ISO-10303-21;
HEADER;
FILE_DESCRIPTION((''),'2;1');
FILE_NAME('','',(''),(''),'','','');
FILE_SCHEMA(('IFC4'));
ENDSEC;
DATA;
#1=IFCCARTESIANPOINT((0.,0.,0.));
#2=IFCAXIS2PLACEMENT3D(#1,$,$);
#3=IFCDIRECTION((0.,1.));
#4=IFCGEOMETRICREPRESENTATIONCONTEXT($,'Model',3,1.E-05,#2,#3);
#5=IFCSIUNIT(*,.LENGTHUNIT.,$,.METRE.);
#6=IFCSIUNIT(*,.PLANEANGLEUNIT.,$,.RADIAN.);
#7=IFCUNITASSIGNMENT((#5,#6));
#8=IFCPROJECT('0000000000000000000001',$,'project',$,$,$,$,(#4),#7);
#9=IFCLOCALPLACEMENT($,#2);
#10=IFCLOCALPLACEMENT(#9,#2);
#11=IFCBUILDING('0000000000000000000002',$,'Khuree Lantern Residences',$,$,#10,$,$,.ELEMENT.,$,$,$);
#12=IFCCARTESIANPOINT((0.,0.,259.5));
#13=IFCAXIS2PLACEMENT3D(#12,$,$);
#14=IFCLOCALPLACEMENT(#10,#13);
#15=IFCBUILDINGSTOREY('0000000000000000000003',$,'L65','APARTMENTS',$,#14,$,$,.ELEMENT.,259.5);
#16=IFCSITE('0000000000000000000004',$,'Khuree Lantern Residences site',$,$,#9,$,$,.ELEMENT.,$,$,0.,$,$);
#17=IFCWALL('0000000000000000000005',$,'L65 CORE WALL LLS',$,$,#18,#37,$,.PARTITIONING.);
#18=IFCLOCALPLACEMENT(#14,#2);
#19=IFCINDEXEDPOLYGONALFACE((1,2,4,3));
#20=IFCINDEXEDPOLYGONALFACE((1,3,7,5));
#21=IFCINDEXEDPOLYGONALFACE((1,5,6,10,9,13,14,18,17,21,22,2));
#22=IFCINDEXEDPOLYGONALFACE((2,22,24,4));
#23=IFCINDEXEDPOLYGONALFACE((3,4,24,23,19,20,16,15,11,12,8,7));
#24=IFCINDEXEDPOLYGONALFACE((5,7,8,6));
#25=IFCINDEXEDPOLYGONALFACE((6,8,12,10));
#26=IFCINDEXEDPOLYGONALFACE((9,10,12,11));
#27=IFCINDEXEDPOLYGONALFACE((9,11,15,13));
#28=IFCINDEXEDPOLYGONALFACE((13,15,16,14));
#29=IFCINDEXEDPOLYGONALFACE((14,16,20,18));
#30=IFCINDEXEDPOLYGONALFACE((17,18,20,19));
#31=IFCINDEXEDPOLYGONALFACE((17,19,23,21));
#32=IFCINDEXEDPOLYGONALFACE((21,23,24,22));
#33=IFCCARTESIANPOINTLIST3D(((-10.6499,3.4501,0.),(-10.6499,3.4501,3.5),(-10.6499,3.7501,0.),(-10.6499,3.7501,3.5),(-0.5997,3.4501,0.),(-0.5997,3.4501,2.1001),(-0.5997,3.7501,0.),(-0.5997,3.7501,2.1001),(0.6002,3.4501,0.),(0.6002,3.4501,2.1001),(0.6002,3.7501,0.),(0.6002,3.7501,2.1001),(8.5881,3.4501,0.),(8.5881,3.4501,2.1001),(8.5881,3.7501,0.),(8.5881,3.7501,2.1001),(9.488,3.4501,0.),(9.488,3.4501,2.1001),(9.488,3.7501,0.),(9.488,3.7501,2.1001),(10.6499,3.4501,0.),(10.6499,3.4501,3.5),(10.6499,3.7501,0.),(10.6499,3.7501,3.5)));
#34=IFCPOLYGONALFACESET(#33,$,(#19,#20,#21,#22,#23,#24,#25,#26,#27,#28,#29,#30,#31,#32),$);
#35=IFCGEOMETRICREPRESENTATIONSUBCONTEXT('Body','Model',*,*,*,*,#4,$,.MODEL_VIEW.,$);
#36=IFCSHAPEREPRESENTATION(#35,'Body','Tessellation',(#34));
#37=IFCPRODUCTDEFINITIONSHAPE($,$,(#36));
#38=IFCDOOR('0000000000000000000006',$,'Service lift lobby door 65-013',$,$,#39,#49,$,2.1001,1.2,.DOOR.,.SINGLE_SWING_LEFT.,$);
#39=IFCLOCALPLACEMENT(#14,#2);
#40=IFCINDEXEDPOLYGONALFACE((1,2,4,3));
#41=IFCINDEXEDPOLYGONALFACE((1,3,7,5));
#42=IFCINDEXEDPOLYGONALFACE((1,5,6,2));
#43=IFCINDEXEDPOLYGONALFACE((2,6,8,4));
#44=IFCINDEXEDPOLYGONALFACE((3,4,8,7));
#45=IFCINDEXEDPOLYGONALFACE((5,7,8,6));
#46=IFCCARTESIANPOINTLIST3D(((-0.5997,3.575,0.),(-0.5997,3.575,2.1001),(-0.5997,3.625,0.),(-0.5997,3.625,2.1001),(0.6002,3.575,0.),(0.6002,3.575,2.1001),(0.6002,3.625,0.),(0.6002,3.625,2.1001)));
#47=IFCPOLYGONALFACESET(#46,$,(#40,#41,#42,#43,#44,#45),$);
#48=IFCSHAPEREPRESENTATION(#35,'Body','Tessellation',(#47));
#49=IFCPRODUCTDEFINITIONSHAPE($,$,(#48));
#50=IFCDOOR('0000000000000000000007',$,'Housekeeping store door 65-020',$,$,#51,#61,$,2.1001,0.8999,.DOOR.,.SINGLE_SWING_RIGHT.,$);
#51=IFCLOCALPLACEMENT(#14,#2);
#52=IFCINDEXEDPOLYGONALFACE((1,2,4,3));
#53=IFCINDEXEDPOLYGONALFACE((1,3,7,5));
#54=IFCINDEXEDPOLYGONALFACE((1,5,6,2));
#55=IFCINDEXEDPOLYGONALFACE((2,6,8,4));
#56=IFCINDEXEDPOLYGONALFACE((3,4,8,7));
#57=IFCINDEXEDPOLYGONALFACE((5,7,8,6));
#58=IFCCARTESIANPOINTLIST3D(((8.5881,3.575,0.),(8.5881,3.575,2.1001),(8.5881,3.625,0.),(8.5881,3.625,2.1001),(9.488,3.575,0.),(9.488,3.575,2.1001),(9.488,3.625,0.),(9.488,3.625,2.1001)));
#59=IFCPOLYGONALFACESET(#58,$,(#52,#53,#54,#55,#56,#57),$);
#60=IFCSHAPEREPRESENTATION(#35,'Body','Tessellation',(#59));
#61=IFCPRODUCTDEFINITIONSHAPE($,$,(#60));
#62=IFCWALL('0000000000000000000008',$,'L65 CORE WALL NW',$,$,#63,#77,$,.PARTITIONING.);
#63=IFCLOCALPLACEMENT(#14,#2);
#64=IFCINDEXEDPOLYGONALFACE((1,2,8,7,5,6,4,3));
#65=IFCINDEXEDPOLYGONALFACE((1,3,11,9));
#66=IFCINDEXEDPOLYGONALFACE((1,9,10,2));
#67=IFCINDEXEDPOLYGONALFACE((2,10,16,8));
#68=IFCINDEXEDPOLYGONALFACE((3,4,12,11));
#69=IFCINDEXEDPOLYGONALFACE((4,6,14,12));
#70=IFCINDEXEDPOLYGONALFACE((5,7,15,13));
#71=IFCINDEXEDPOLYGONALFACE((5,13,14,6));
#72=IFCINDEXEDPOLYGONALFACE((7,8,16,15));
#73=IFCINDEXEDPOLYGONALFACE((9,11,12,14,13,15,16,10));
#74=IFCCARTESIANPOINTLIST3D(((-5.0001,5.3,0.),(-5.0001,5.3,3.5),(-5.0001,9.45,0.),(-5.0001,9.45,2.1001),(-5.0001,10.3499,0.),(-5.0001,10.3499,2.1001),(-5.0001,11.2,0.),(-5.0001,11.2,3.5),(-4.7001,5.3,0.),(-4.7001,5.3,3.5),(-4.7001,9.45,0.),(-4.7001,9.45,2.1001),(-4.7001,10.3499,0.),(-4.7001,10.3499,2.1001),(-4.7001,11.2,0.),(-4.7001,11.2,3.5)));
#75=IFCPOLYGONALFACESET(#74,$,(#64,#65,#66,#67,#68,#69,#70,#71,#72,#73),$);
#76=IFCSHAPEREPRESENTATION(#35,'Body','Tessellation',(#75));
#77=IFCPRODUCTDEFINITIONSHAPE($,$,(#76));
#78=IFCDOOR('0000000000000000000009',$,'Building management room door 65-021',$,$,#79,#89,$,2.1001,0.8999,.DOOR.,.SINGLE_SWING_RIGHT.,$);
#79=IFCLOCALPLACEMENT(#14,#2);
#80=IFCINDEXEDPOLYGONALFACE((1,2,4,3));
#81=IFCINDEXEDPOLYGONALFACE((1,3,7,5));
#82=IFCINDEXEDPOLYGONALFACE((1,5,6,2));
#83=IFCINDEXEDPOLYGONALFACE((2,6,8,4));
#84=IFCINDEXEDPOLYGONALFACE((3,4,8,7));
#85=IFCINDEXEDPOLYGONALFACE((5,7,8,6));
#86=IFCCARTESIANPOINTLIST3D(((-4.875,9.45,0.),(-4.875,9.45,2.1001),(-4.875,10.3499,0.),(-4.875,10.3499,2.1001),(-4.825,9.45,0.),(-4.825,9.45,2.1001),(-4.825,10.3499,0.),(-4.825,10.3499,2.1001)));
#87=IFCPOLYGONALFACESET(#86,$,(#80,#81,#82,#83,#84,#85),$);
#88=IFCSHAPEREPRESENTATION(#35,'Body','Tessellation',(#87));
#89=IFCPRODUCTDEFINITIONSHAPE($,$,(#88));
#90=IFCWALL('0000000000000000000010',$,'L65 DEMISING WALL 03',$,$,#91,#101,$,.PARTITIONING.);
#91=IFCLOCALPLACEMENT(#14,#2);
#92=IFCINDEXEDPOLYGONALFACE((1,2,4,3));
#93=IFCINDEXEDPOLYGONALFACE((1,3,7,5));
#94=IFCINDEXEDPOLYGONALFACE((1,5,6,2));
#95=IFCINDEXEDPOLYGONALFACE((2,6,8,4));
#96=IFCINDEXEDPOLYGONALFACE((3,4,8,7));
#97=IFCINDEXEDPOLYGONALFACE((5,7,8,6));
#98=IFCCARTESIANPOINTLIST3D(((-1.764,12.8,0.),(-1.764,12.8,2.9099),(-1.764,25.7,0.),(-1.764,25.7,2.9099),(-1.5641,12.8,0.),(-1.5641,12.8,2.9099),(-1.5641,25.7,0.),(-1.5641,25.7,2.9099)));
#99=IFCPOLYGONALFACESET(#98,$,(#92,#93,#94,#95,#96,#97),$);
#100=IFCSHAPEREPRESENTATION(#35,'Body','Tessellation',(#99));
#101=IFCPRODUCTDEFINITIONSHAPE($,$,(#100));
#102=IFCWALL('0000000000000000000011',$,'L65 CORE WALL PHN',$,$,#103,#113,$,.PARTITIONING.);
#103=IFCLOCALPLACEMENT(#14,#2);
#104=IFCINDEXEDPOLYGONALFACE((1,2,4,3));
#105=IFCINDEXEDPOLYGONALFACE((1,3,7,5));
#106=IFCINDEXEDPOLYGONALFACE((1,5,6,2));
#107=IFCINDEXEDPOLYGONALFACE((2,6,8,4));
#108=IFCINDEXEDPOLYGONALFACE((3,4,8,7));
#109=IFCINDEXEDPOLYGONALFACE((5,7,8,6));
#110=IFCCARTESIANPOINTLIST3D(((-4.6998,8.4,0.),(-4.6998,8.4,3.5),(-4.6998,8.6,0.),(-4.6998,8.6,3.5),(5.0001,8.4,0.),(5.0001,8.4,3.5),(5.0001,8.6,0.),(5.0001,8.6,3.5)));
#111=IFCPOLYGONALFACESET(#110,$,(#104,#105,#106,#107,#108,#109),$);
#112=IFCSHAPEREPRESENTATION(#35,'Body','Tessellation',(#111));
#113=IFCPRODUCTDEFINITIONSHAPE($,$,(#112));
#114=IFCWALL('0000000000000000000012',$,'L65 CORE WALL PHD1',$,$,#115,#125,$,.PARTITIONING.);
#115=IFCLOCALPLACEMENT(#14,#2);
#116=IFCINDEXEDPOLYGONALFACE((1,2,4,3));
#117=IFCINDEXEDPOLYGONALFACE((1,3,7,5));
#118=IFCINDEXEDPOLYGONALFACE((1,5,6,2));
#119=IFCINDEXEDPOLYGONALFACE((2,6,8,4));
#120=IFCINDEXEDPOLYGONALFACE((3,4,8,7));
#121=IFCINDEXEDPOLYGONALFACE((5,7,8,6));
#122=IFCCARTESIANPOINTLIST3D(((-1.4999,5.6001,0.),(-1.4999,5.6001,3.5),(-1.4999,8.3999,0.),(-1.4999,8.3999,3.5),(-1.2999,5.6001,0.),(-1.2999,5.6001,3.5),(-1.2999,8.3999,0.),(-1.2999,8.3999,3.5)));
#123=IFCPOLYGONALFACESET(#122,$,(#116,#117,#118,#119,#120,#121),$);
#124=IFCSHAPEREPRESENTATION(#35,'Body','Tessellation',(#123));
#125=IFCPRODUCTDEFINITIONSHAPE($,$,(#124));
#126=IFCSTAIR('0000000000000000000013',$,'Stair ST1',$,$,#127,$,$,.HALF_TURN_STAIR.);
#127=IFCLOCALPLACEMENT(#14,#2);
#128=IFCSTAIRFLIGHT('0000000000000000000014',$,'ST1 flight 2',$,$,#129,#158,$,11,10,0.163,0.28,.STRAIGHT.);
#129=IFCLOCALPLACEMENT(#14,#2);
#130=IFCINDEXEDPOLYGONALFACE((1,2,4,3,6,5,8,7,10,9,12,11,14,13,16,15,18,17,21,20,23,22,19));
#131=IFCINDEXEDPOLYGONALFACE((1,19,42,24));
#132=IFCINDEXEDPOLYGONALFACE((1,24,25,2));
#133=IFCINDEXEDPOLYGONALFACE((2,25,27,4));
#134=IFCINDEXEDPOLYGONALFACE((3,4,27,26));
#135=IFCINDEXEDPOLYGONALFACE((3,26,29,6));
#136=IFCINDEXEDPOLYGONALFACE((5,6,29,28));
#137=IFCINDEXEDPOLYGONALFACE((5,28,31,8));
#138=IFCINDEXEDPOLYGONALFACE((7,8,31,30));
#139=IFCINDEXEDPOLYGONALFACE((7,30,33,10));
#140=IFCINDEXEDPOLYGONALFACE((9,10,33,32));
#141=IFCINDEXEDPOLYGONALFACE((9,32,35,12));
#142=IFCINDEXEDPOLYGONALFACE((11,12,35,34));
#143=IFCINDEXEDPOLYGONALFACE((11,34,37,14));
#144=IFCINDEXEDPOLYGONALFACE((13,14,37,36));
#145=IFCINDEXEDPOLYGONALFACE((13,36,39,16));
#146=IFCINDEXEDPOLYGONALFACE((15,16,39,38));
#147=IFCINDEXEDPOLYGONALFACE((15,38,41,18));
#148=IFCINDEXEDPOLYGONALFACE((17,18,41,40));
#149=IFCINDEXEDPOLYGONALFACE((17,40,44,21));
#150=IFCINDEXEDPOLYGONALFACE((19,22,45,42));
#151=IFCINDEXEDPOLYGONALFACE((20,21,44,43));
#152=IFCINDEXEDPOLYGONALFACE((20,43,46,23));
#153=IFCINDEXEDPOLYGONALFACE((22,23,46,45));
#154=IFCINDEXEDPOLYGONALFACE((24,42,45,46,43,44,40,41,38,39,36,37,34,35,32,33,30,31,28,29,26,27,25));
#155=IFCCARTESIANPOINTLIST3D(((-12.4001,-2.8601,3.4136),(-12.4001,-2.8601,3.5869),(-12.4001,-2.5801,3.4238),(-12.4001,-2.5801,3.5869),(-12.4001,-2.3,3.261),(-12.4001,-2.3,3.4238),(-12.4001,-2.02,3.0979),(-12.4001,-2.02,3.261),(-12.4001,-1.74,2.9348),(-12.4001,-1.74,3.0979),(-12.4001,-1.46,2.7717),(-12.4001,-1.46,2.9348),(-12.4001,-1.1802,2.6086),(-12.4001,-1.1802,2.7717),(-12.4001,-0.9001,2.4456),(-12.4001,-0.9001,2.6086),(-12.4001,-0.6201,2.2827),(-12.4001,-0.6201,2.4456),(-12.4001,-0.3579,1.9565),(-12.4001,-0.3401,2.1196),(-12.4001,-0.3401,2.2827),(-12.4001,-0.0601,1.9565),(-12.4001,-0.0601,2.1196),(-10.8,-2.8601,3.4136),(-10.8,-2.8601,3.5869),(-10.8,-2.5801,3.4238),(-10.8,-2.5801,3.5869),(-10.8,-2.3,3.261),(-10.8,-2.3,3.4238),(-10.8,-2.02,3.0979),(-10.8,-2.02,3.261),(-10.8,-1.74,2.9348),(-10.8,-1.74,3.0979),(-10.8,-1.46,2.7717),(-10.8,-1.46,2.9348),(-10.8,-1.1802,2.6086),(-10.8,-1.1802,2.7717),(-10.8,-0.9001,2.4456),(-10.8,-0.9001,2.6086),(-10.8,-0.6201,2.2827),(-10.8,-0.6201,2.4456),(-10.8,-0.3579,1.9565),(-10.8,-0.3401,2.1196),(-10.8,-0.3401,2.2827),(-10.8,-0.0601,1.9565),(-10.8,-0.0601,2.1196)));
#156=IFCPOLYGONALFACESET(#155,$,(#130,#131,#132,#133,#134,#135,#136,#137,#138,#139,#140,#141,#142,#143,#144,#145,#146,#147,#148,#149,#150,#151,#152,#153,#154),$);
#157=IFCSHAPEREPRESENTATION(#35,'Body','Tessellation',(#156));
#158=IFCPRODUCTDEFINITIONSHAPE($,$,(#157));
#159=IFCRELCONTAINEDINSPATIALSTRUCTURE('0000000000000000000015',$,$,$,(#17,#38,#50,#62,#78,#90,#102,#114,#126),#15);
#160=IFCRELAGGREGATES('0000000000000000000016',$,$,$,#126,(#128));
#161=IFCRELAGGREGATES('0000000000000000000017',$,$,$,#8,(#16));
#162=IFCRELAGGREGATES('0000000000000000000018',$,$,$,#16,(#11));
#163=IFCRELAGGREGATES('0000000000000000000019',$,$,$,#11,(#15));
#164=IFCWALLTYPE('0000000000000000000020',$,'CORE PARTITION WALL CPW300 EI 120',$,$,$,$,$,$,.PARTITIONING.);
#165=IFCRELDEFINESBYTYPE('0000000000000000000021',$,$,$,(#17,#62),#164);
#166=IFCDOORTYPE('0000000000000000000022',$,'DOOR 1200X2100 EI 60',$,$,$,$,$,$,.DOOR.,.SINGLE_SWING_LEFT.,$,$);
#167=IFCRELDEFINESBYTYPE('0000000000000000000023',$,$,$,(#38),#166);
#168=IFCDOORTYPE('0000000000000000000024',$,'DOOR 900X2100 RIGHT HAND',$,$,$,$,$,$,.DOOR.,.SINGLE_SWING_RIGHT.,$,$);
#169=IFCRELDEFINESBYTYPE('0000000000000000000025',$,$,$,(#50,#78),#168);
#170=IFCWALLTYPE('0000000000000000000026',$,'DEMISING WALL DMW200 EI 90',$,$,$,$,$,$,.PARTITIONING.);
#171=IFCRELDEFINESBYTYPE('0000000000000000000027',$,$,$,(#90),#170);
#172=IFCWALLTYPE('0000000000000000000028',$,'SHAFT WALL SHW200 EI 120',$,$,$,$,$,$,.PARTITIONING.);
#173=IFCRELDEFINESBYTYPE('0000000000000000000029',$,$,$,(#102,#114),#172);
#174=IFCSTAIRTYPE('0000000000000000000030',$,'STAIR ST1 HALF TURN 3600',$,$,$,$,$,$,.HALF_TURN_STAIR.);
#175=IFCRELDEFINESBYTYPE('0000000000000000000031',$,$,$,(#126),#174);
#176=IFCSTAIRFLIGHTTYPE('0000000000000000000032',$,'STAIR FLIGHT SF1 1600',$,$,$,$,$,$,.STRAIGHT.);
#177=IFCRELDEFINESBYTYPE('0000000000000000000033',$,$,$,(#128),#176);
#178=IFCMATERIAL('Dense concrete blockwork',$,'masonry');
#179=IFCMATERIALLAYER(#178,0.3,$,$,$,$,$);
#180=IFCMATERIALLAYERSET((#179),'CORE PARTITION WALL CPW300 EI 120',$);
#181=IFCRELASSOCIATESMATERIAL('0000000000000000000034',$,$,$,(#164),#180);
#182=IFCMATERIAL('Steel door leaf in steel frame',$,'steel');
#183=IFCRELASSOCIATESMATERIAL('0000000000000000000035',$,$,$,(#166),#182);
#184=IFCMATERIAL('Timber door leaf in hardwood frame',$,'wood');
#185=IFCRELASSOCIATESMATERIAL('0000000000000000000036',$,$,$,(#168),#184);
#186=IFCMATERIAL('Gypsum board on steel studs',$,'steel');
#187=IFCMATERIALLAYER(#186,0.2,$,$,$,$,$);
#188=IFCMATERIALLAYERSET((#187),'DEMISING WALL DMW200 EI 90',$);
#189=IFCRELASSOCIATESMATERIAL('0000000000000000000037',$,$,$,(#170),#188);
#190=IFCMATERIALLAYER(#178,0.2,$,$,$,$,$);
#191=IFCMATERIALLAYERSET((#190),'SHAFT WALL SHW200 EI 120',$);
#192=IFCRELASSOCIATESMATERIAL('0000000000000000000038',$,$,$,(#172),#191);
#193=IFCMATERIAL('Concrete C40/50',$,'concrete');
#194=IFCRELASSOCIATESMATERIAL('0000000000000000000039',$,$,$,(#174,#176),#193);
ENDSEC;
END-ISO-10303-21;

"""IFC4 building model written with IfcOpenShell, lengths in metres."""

from ifc_helpers import new_model, si_unit, direction, frame, frame_2d, origin, place, context, subcontext, project, spatial, polyline, rectangle, outline, extrude, material, layer, layer_set, type_object, element, fill, aggregate, save


model = new_model("IFC4")

# Units and contexts
model_context = context("Model", 3, precision=1e-05, world=origin(), true_north=direction((0.0, 1.0)))
body_context = subcontext(model_context, "Body", "Model", "MODEL_VIEW")
ifc_project = project(units=[si_unit("LENGTHUNIT", "METRE"), si_unit("PLANEANGLEUNIT", "RADIAN")], contexts=[model_context])

# Site, building, storey
site_placement = place(None, origin())
site = spatial("IfcSite", under=ifc_project, at=site_placement, Name="Khuree Lantern Residences site", CompositionType="ELEMENT", RefElevation=0.0)
building_placement = place(site_placement, origin())
building = spatial("IfcBuilding", under=site, at=building_placement, Name="Khuree Lantern Residences", CompositionType="ELEMENT")
storey_placement = place(building_placement, frame((0.0, 0.0, 259.5)))
storey = spatial("IfcBuildingStorey", under=building, at=storey_placement, Name="L65", Description="APARTMENTS", CompositionType="ELEMENT", Elevation=259.5)

# Shared definitions
ifc_material_1 = material(Name="Timber door leaf in hardwood frame", Category="wood")

# Shared definitions
ifc_material_2 = material(Name="Dense concrete blockwork", Category="masonry")
ifc_layer_1 = layer(ifc_material_2, 0.3)
ifc_layer_set_1 = layer_set([ifc_layer_1], Name="CORE PARTITION WALL CPW300 EI 120")
wall_type_1 = type_object("IfcWallType", Name="CORE PARTITION WALL CPW300 EI 120", PredefinedType="PARTITIONING", material=ifc_layer_set_1)

# Wall, openings, doors
wall_1_placement = place(storey_placement, frame((-10.6499, 3.6001, 0.0), z_axis=(0.0, 0.0, 1.0), x_axis=(1.0, 0.0, 0.0)))
wall_1 = element("IfcWall", 1, at=wall_1_placement, inside=storey, type_object=wall_type_1, Name="L65 CORE WALL LLS", PredefinedType="PARTITIONING", context=body_context, shape_type="SweptSolid", body=[
    extrude(rectangle(XDim=21.2998, YDim=0.3, at=frame_2d((10.6499, 0.0))), origin(), (0.0, 0.0, 1.0), 3.5),
])
opening_1_placement = place(wall_1_placement, frame((10.05, 0.0, 0.0)))
opening_1 = element("IfcOpeningElement", 2, at=opening_1_placement, cuts=wall_1, PredefinedType="OPENING", context=body_context, shape_type="SweptSolid", body=[
    extrude(rectangle(XDim=1.2, YDim=2.1001, at=frame_2d((0.6001, 1.05))), frame((0.0, 0.1602, 0.0), z_axis=(0.0, -1.0, 0.0), x_axis=(1.0, 0.0, 0.0)), (0.0, 0.0, 1.0), 0.3201),
])
opening_2_placement = place(wall_1_placement, frame((19.238, 0.0, 0.0)))
opening_2 = element("IfcOpeningElement", 3, at=opening_2_placement, cuts=wall_1, PredefinedType="OPENING", context=body_context, shape_type="SweptSolid", body=[
    extrude(rectangle(XDim=0.8999, YDim=2.1001, at=frame_2d((0.45, 1.05))), frame((0.0, 0.1602, 0.0), z_axis=(0.0, -1.0, 0.0), x_axis=(1.0, 0.0, 0.0)), (0.0, 0.0, 1.0), 0.3201),
])
ifc_material_3 = material(Name="Steel door leaf in steel frame", Category="steel")
door_type_1 = type_object("IfcDoorType", Name="DOOR 1200X2100 EI 60", OperationType="SINGLE_SWING_LEFT", PredefinedType="DOOR", material=ifc_material_3)
door_1_placement = place(opening_1_placement, origin())
door_1 = element("IfcDoor", 4, at=door_1_placement, inside=storey, type_object=door_type_1, Name="Service lift lobby door 65-013", OperationType="SINGLE_SWING_LEFT", OverallHeight=2.1001, OverallWidth=1.2, PredefinedType="DOOR", context=body_context, shape_type="SweptSolid", body=[
    extrude(rectangle(XDim=1.2, YDim=2.1001, at=frame_2d((0.6001, 1.05))), frame((0.0, 0.0249, 0.0), z_axis=(0.0, -1.0, 0.0), x_axis=(1.0, 0.0, 0.0)), (0.0, 0.0, 1.0), 0.05),
])
fill(opening_1, door_1)
door_type_2 = type_object("IfcDoorType", Name="DOOR 900X2100 RIGHT HAND", OperationType="SINGLE_SWING_RIGHT", PredefinedType="DOOR", material=ifc_material_1)
door_2_placement = place(opening_2_placement, origin())
door_2 = element("IfcDoor", 5, at=door_2_placement, inside=storey, type_object=door_type_2, Name="Housekeeping store door 65-020", OperationType="SINGLE_SWING_RIGHT", OverallHeight=2.1001, OverallWidth=0.8999, PredefinedType="DOOR", context=body_context, shape_type="SweptSolid", body=[
    extrude(rectangle(XDim=0.8999, YDim=2.1001, at=frame_2d((0.45, 1.05))), frame((0.0, 0.0249, 0.0), z_axis=(0.0, -1.0, 0.0), x_axis=(1.0, 0.0, 0.0)), (0.0, 0.0, 1.0), 0.05),
])
fill(opening_2, door_2)

# Wall, opening, door
wall_2_placement = place(storey_placement, frame((-4.8501, 5.3, 0.0), z_axis=(0.0, 0.0, 1.0), x_axis=(0.0, 1.0, 0.0)))
wall_2 = element("IfcWall", 6, at=wall_2_placement, inside=storey, type_object=wall_type_1, Name="L65 CORE WALL NW", PredefinedType="PARTITIONING", context=body_context, shape_type="SweptSolid", body=[
    extrude(rectangle(XDim=5.8999, YDim=0.3, at=frame_2d((2.95, 0.0))), origin(), (0.0, 0.0, 1.0), 3.5),
])
opening_3_placement = place(wall_2_placement, frame((4.1499, 0.0, 0.0)))
opening_3 = element("IfcOpeningElement", 7, at=opening_3_placement, cuts=wall_2, PredefinedType="OPENING", context=body_context, shape_type="SweptSolid", body=[
    extrude(rectangle(XDim=0.8999, YDim=2.1001, at=frame_2d((0.45, 1.05))), frame((0.0, 0.1602, 0.0), z_axis=(0.0, -1.0, 0.0), x_axis=(1.0, 0.0, 0.0)), (0.0, 0.0, 1.0), 0.3201),
])
door_3_placement = place(opening_3_placement, origin())
door_3 = element("IfcDoor", 8, at=door_3_placement, inside=storey, type_object=door_type_2, Name="Building management room door 65-021", OperationType="SINGLE_SWING_RIGHT", OverallHeight=2.1001, OverallWidth=0.8999, PredefinedType="DOOR", context=body_context, shape_type="SweptSolid", body=[
    extrude(rectangle(XDim=0.8999, YDim=2.1001, at=frame_2d((0.45, 1.05))), frame((0.0, 0.0249, 0.0), z_axis=(0.0, -1.0, 0.0), x_axis=(1.0, 0.0, 0.0)), (0.0, 0.0, 1.0), 0.05),
])
fill(opening_3, door_3)

# Walls
ifc_material_4 = material(Name="Gypsum board on steel studs", Category="steel")
ifc_layer_2 = layer(ifc_material_4, 0.2)
ifc_layer_set_2 = layer_set([ifc_layer_2], Name="DEMISING WALL DMW200 EI 90")
wall_type_2 = type_object("IfcWallType", Name="DEMISING WALL DMW200 EI 90", PredefinedType="PARTITIONING", material=ifc_layer_set_2)
wall_3_placement = place(storey_placement, frame((-1.6641, 12.8, 0.0), z_axis=(0.0, 0.0, 1.0), x_axis=(0.0, 1.0, 0.0)))
element("IfcWall", 9, at=wall_3_placement, inside=storey, type_object=wall_type_2, Name="L65 DEMISING WALL 03", PredefinedType="PARTITIONING", context=body_context, shape_type="SweptSolid", body=[
    extrude(rectangle(XDim=12.8999, YDim=0.2, at=frame_2d((6.45, 0.0))), origin(), (0.0, 0.0, 1.0), 2.9099),
])
ifc_layer_3 = layer(ifc_material_2, 0.2)
ifc_layer_set_3 = layer_set([ifc_layer_3], Name="SHAFT WALL SHW200 EI 120")
wall_type_3 = type_object("IfcWallType", Name="SHAFT WALL SHW200 EI 120", PredefinedType="PARTITIONING", material=ifc_layer_set_3)
wall_4_placement = place(storey_placement, frame((-4.7, 8.5, 0.0), z_axis=(0.0, 0.0, 1.0), x_axis=(1.0, 0.0, 0.0)))
element("IfcWall", 10, at=wall_4_placement, inside=storey, type_object=wall_type_3, Name="L65 CORE WALL PHN", PredefinedType="PARTITIONING", context=body_context, shape_type="SweptSolid", body=[
    extrude(rectangle(XDim=9.7, YDim=0.2, at=frame_2d((4.8501, 0.0))), origin(), (0.0, 0.0, 1.0), 3.5),
])
wall_5_placement = place(storey_placement, frame((-1.3999, 5.6001, 0.0), z_axis=(0.0, 0.0, 1.0), x_axis=(0.0, 1.0, 0.0)))
element("IfcWall", 11, at=wall_5_placement, inside=storey, type_object=wall_type_3, Name="L65 CORE WALL PHD1", PredefinedType="PARTITIONING", context=body_context, shape_type="SweptSolid", body=[
    extrude(rectangle(XDim=2.7998, YDim=0.2, at=frame_2d((1.3999, 0.0))), origin(), (0.0, 0.0, 1.0), 3.5),
])

# Stair, stair flight
ifc_material_5 = material(Name="Concrete C40/50", Category="concrete")
stair_type = type_object("IfcStairType", Name="STAIR ST1 HALF TURN 3600", PredefinedType="HALF_TURN_STAIR", material=ifc_material_5)
stair_placement = place(storey_placement, origin())
stair = element("IfcStair", 12, at=stair_placement, inside=storey, type_object=stair_type, Name="Stair ST1", PredefinedType="HALF_TURN_STAIR")
stair_flight_type = type_object("IfcStairFlightType", Name="STAIR FLIGHT SF1 1600", PredefinedType="STRAIGHT", material=ifc_material_5)
stair_flight_placement = place(storey_placement, frame((-11.6001, -0.0601, 1.9565), z_axis=(0.0, 0.0, 1.0), x_axis=(0.0, -1.0, 0.0)))
stair_flight = element("IfcStairFlight", 13, at=stair_flight_placement, type_object=stair_flight_type, Name="ST1 flight 2", NumberOfRisers=11, NumberOfTreads=10, PredefinedType="STRAIGHT", RiserHeight=0.163, TreadLength=0.28, context=body_context, shape_type="SweptSolid", body=[
    extrude(outline(polyline([(0.0, 0.0), (0.0, 0.1631), (0.28, 0.1631), (0.28, 0.3262), (0.5601, 0.3262), (0.5601, 0.489), (0.8401, 0.489), (0.8401, 0.6521), (1.1201, 0.6521), (1.1201, 0.8152), (1.3999, 0.8152), (1.3999, 0.9783), (1.6799, 0.9783), (1.6799, 1.1414), (1.96, 1.1414), (1.96, 1.3044), (2.24, 1.3044), (2.24, 1.4673), (2.52, 1.4673), (2.52, 1.6304), (2.8, 1.6304), (2.8, 1.7935), (2.8, 1.457), (0.2979, 0.0), (0.0, 0.0)])), frame((0.0, 0.8, 0.0), z_axis=(0.0, -1.0, 0.0), x_axis=(1.0, 0.0, 0.0)), (0.0, 0.0, 1.0), 1.6001),
])
aggregate(stair, [stair_flight])

save(model, "model.ifc")
